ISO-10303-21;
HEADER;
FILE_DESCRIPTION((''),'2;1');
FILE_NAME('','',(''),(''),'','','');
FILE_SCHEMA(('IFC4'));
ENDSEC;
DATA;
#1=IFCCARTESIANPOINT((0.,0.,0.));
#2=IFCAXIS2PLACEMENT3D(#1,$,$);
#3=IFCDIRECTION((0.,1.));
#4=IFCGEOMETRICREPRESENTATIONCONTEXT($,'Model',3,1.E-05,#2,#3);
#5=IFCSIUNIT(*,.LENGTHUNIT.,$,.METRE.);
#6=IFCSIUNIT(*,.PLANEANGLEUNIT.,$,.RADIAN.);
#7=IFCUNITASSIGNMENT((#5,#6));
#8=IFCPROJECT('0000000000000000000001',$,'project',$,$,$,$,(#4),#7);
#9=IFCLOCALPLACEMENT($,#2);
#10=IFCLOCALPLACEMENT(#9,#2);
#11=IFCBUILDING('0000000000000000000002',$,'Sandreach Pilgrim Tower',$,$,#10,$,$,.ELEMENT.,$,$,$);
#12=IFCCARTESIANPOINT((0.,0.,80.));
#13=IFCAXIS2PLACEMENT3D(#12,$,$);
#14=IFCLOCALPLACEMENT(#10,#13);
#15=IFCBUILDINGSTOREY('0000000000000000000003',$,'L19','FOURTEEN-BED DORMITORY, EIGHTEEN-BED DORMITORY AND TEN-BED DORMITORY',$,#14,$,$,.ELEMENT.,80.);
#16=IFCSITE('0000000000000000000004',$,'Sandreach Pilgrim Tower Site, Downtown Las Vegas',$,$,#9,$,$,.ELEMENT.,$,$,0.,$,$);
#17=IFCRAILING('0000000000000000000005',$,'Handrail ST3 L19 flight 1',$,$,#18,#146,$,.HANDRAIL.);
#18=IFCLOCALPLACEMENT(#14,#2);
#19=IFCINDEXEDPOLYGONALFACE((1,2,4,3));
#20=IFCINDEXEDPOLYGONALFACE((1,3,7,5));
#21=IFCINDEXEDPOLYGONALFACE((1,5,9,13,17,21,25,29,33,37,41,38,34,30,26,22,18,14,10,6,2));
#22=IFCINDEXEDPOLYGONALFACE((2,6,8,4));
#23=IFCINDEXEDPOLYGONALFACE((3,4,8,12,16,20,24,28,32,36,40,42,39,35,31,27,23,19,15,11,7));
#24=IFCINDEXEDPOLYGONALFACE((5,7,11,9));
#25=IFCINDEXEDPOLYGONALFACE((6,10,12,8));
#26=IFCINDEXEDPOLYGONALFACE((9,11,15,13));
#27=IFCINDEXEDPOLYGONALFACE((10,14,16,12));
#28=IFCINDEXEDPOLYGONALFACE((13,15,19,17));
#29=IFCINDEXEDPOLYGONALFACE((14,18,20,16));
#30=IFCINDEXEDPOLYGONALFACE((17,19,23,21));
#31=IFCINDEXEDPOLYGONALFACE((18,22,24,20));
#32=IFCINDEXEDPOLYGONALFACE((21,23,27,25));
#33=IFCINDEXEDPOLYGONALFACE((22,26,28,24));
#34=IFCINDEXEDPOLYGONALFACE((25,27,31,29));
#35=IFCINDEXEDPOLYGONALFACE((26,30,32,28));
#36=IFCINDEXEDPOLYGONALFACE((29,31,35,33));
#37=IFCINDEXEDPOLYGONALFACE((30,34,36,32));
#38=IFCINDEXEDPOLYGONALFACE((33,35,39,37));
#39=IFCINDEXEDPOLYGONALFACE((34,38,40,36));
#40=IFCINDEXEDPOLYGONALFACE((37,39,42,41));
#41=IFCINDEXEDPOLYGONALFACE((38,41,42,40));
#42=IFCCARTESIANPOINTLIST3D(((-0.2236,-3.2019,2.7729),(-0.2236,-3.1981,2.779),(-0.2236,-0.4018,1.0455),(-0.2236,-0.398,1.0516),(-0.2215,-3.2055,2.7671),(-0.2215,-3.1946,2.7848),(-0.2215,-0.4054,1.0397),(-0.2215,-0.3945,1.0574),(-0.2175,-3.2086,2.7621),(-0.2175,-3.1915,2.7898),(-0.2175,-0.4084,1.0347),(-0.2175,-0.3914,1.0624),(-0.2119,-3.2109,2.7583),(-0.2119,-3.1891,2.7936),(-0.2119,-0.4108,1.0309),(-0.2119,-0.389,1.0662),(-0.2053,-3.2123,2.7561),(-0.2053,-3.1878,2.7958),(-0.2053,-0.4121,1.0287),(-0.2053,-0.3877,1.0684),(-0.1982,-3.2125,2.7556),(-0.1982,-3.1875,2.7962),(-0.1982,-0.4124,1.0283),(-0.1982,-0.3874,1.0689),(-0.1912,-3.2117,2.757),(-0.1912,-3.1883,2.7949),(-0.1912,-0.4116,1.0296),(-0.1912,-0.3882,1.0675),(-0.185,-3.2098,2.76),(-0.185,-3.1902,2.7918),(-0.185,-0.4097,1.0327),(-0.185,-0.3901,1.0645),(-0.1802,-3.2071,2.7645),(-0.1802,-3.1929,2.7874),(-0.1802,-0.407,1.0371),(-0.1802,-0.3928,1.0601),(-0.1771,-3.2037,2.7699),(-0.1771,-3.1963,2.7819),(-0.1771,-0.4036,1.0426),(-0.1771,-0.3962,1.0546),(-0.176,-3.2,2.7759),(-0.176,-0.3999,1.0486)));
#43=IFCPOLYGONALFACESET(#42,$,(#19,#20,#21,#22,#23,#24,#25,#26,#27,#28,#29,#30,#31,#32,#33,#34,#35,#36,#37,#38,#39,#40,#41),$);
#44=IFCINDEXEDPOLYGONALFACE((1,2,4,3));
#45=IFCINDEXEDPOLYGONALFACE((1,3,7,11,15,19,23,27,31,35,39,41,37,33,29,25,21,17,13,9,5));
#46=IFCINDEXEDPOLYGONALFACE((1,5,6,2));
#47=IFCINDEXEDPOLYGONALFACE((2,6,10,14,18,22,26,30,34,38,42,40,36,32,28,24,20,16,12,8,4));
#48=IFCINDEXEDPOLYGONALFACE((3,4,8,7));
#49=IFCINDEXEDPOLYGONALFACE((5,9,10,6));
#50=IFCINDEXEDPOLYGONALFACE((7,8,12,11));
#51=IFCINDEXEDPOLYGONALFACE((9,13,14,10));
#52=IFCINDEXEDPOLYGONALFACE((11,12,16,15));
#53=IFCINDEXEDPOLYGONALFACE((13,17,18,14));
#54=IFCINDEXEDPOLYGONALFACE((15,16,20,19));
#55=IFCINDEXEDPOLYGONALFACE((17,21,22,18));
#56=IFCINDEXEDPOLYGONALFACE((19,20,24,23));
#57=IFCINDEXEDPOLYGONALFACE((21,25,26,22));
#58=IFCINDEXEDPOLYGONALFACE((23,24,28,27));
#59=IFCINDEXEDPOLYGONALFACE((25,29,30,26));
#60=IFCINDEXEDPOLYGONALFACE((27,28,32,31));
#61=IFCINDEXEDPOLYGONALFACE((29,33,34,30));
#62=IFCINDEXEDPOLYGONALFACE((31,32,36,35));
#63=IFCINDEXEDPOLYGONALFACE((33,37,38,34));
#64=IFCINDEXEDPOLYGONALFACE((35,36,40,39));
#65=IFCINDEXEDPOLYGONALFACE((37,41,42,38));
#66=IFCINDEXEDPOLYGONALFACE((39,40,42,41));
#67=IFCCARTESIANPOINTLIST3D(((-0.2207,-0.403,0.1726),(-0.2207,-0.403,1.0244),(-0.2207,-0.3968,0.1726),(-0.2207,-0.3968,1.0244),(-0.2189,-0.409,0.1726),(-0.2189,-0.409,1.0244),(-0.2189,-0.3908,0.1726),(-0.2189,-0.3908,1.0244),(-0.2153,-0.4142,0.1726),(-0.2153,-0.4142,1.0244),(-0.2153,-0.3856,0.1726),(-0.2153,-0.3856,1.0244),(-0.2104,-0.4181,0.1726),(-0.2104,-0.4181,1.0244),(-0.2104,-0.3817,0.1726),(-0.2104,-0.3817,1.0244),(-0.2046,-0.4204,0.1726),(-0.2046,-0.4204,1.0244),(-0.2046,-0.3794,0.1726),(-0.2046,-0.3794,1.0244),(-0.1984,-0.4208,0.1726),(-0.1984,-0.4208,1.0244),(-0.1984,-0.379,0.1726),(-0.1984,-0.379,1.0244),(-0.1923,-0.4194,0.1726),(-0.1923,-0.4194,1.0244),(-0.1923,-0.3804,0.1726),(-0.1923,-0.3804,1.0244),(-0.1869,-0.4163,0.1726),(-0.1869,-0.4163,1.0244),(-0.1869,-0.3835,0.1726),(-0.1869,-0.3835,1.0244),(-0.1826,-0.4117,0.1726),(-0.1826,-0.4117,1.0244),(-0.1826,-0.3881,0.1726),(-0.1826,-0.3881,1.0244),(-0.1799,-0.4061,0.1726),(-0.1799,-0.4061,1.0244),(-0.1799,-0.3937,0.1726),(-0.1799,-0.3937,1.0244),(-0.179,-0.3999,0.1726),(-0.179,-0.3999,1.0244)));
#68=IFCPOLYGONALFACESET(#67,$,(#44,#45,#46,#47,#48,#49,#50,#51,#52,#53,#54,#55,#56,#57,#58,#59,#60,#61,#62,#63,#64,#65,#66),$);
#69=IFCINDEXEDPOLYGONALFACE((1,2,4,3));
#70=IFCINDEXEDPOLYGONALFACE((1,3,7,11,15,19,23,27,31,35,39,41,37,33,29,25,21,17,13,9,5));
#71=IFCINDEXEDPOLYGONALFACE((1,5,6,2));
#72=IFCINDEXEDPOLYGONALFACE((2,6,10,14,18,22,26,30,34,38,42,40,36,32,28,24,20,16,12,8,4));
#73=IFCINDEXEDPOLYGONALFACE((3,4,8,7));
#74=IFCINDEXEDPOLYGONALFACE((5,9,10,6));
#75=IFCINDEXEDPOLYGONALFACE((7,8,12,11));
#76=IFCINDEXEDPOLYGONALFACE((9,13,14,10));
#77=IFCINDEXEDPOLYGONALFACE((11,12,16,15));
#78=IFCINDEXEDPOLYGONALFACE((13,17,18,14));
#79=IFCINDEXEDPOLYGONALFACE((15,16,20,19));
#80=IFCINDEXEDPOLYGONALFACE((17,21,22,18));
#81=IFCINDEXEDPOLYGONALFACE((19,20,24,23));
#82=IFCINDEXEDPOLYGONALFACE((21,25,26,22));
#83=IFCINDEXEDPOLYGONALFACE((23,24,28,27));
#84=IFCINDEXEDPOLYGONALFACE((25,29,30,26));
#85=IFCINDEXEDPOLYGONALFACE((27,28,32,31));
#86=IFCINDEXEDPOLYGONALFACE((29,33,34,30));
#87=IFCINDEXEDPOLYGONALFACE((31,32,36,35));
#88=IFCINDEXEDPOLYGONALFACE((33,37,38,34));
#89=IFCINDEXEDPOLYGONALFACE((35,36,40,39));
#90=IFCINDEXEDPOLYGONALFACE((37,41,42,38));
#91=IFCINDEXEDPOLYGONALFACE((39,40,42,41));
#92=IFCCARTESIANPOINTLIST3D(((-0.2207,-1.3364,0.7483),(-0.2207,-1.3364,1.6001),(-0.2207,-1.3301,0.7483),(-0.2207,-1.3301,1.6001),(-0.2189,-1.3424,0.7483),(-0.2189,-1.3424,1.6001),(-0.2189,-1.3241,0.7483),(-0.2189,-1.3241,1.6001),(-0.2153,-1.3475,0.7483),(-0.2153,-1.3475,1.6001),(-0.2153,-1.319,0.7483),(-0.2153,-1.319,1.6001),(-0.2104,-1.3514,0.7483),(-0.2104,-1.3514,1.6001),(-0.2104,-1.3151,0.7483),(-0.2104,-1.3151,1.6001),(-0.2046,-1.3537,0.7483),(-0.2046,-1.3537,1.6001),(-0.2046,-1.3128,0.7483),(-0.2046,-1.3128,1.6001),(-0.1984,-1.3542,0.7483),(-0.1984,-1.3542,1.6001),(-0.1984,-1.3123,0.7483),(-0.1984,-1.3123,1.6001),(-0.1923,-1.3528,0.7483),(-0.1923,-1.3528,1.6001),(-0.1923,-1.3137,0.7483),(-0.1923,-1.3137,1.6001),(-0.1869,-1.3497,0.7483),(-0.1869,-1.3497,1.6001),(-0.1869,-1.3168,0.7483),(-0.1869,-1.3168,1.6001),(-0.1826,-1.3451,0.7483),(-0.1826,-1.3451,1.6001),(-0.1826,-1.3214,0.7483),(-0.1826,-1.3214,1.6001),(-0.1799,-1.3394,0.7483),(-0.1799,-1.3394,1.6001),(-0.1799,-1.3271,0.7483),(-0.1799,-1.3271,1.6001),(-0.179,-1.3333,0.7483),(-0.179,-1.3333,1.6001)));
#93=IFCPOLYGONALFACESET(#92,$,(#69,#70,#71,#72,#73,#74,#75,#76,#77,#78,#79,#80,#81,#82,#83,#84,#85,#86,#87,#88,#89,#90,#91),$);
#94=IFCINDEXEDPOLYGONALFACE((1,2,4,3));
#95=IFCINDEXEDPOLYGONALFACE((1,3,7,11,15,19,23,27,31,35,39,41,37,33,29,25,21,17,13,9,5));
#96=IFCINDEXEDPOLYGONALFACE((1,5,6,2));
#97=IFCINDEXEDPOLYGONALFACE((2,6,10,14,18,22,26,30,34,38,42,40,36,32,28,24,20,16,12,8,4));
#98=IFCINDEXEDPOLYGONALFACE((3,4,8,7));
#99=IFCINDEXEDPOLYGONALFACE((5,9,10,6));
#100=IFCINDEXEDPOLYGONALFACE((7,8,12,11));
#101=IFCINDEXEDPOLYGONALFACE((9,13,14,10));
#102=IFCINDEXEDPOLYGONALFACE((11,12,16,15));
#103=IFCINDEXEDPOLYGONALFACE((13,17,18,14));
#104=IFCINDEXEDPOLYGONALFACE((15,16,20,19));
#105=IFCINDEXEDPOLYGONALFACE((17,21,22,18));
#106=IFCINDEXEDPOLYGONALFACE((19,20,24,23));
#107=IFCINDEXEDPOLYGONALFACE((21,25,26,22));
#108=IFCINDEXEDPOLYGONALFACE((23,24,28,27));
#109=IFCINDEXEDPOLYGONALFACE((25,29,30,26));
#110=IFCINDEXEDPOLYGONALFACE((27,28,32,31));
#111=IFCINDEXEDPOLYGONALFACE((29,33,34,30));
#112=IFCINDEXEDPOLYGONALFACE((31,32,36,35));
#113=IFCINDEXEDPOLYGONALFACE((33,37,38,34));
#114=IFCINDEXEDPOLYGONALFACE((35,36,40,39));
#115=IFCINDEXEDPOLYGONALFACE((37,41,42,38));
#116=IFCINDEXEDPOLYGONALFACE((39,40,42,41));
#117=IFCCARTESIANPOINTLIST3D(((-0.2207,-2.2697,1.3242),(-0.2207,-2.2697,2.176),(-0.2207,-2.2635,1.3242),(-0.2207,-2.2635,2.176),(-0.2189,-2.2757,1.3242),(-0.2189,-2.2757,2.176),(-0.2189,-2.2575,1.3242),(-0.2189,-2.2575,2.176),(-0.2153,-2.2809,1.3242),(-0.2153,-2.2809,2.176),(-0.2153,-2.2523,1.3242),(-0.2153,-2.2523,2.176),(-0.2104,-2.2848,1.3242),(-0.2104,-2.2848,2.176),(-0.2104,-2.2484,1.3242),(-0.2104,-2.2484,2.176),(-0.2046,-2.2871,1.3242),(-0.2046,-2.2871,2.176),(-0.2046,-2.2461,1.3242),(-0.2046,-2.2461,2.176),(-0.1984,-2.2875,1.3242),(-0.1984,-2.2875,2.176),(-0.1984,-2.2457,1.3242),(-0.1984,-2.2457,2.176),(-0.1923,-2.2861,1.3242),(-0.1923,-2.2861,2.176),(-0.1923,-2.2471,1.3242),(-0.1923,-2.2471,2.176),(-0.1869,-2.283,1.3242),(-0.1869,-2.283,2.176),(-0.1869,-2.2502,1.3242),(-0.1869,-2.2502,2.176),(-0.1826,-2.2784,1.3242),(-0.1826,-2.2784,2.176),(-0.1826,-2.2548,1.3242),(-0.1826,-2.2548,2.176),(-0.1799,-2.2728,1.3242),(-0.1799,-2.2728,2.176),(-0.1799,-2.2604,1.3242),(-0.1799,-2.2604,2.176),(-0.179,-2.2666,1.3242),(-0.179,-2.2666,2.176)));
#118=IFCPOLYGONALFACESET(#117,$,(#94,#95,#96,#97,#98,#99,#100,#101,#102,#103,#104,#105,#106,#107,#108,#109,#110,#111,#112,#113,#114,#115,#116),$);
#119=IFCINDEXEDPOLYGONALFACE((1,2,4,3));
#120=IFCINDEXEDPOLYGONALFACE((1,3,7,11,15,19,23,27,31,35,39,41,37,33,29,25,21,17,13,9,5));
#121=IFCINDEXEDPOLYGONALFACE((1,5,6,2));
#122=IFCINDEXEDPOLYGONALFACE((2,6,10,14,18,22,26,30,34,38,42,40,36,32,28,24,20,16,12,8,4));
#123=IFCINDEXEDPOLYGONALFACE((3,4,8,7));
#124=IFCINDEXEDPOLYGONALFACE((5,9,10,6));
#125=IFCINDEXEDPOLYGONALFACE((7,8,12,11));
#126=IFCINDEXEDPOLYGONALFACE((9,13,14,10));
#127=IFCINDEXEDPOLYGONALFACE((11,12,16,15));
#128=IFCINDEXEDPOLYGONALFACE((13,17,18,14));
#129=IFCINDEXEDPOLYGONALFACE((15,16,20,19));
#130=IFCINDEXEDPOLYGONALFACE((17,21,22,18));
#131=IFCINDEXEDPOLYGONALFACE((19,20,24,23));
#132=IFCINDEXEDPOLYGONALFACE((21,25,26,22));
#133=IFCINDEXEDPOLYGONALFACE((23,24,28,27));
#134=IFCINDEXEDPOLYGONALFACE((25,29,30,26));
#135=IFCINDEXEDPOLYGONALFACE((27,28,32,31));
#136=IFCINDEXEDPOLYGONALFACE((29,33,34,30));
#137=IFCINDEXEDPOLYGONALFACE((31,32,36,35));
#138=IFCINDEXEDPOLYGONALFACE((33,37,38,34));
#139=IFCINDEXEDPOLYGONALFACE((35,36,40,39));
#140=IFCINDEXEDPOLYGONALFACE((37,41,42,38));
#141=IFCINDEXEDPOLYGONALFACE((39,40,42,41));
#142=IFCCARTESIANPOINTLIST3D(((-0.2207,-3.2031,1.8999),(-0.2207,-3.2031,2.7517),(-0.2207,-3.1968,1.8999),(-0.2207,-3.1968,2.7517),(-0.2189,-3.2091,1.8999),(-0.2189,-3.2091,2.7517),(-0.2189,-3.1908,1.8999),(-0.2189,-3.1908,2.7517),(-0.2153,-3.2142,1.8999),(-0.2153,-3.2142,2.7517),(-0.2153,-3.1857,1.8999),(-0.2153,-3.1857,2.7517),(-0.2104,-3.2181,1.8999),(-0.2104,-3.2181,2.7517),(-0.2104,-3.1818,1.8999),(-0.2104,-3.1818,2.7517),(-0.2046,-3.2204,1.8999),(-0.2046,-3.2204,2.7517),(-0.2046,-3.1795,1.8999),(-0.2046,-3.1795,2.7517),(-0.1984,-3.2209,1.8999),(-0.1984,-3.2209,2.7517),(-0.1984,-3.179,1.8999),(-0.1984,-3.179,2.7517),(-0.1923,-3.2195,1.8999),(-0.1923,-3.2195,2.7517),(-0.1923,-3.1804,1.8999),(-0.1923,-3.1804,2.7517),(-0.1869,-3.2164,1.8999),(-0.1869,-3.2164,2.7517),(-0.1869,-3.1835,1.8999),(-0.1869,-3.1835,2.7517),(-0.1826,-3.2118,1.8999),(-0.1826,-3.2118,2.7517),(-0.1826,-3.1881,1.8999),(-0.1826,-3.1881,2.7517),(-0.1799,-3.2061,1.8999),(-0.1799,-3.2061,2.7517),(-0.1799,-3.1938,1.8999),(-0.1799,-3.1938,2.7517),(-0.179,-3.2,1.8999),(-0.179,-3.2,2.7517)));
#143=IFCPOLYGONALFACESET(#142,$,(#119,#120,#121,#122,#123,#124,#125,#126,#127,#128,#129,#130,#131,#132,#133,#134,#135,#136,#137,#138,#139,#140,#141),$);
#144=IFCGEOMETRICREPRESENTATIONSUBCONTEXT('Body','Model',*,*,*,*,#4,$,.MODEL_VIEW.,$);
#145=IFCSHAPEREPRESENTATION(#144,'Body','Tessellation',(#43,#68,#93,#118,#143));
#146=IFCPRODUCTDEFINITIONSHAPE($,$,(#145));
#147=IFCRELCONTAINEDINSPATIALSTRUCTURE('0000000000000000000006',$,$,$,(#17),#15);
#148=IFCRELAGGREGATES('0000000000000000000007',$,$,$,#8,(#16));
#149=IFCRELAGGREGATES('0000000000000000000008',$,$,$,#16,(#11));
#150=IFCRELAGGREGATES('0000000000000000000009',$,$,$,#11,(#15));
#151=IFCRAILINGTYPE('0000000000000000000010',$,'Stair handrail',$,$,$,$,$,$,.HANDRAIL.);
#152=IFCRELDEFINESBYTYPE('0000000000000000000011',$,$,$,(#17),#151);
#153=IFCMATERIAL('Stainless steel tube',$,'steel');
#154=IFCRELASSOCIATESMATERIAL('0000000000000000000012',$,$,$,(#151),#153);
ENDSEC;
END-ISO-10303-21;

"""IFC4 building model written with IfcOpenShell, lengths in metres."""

from ifc_helpers import new_model, si_unit, direction, frame, origin, origin_2d, place, context, subcontext, project, spatial, circle, extrude, material, type_object, element, save


model = new_model("IFC4")

# Units and contexts
model_context = context("Model", 3, precision=1e-05, world=origin(), true_north=direction((0.0, 1.0)))
body_context = subcontext(model_context, "Body", "Model", "MODEL_VIEW")
ifc_project = project(units=[si_unit("LENGTHUNIT", "METRE"), si_unit("PLANEANGLEUNIT", "RADIAN")], contexts=[model_context])

# Site, building, storey
site_placement = place(None, origin())
site = spatial("IfcSite", under=ifc_project, at=site_placement, Name="Sandreach Pilgrim Tower Site, Downtown Las Vegas", CompositionType="ELEMENT", RefElevation=0.0)
building_placement = place(site_placement, origin())
building = spatial("IfcBuilding", under=site, at=building_placement, Name="Sandreach Pilgrim Tower", CompositionType="ELEMENT")
storey_placement = place(building_placement, frame((0.0, 0.0, 80.0)))
storey = spatial("IfcBuildingStorey", under=building, at=storey_placement, Name="L19", Description="FOURTEEN-BED DORMITORY, EIGHTEEN-BED DORMITORY AND TEN-BED DORMITORY", CompositionType="ELEMENT", Elevation=80.0)

# Railing
ifc_material_1 = material(Name="Stainless steel tube", Category="steel")
railing_type = type_object("IfcRailingType", Name="Stair handrail", PredefinedType="HANDRAIL", material=ifc_material_1)
for number, where, name in (
    (1, (-0.2, -0.3999, 0.1726), "Handrail ST3 L19 flight 1"),
):
    element("IfcRailing", number, at=place(storey_placement, frame(where)), inside=storey, type_object=railing_type, Name=name, PredefinedType="HANDRAIL", context=body_context, shape_type="SweptSolid", body=[
        extrude(circle(Radius=0.0239, at=origin_2d()), frame((0.0, 0.0, 0.876), z_axis=(0.0, -0.85109, 0.52502), x_axis=(1.0, 0.0, 0.0)), (0.0, 0.0, 1.0), 3.29),
        extrude(circle(Radius=0.021, at=origin_2d()), origin(), (0.0, 0.0, 1.0), 0.8518),
        extrude(circle(Radius=0.021, at=origin_2d()), frame((0.0, -0.9333, 0.5757)), (0.0, 0.0, 1.0), 0.8518),
        extrude(circle(Radius=0.021, at=origin_2d()), frame((0.0, -1.8667, 1.1516)), (0.0, 0.0, 1.0), 0.8518),
        extrude(circle(Radius=0.021, at=origin_2d()), frame((0.0, -2.8, 1.7273)), (0.0, 0.0, 1.0), 0.8518),
    ])

save(model, "model.ifc")
